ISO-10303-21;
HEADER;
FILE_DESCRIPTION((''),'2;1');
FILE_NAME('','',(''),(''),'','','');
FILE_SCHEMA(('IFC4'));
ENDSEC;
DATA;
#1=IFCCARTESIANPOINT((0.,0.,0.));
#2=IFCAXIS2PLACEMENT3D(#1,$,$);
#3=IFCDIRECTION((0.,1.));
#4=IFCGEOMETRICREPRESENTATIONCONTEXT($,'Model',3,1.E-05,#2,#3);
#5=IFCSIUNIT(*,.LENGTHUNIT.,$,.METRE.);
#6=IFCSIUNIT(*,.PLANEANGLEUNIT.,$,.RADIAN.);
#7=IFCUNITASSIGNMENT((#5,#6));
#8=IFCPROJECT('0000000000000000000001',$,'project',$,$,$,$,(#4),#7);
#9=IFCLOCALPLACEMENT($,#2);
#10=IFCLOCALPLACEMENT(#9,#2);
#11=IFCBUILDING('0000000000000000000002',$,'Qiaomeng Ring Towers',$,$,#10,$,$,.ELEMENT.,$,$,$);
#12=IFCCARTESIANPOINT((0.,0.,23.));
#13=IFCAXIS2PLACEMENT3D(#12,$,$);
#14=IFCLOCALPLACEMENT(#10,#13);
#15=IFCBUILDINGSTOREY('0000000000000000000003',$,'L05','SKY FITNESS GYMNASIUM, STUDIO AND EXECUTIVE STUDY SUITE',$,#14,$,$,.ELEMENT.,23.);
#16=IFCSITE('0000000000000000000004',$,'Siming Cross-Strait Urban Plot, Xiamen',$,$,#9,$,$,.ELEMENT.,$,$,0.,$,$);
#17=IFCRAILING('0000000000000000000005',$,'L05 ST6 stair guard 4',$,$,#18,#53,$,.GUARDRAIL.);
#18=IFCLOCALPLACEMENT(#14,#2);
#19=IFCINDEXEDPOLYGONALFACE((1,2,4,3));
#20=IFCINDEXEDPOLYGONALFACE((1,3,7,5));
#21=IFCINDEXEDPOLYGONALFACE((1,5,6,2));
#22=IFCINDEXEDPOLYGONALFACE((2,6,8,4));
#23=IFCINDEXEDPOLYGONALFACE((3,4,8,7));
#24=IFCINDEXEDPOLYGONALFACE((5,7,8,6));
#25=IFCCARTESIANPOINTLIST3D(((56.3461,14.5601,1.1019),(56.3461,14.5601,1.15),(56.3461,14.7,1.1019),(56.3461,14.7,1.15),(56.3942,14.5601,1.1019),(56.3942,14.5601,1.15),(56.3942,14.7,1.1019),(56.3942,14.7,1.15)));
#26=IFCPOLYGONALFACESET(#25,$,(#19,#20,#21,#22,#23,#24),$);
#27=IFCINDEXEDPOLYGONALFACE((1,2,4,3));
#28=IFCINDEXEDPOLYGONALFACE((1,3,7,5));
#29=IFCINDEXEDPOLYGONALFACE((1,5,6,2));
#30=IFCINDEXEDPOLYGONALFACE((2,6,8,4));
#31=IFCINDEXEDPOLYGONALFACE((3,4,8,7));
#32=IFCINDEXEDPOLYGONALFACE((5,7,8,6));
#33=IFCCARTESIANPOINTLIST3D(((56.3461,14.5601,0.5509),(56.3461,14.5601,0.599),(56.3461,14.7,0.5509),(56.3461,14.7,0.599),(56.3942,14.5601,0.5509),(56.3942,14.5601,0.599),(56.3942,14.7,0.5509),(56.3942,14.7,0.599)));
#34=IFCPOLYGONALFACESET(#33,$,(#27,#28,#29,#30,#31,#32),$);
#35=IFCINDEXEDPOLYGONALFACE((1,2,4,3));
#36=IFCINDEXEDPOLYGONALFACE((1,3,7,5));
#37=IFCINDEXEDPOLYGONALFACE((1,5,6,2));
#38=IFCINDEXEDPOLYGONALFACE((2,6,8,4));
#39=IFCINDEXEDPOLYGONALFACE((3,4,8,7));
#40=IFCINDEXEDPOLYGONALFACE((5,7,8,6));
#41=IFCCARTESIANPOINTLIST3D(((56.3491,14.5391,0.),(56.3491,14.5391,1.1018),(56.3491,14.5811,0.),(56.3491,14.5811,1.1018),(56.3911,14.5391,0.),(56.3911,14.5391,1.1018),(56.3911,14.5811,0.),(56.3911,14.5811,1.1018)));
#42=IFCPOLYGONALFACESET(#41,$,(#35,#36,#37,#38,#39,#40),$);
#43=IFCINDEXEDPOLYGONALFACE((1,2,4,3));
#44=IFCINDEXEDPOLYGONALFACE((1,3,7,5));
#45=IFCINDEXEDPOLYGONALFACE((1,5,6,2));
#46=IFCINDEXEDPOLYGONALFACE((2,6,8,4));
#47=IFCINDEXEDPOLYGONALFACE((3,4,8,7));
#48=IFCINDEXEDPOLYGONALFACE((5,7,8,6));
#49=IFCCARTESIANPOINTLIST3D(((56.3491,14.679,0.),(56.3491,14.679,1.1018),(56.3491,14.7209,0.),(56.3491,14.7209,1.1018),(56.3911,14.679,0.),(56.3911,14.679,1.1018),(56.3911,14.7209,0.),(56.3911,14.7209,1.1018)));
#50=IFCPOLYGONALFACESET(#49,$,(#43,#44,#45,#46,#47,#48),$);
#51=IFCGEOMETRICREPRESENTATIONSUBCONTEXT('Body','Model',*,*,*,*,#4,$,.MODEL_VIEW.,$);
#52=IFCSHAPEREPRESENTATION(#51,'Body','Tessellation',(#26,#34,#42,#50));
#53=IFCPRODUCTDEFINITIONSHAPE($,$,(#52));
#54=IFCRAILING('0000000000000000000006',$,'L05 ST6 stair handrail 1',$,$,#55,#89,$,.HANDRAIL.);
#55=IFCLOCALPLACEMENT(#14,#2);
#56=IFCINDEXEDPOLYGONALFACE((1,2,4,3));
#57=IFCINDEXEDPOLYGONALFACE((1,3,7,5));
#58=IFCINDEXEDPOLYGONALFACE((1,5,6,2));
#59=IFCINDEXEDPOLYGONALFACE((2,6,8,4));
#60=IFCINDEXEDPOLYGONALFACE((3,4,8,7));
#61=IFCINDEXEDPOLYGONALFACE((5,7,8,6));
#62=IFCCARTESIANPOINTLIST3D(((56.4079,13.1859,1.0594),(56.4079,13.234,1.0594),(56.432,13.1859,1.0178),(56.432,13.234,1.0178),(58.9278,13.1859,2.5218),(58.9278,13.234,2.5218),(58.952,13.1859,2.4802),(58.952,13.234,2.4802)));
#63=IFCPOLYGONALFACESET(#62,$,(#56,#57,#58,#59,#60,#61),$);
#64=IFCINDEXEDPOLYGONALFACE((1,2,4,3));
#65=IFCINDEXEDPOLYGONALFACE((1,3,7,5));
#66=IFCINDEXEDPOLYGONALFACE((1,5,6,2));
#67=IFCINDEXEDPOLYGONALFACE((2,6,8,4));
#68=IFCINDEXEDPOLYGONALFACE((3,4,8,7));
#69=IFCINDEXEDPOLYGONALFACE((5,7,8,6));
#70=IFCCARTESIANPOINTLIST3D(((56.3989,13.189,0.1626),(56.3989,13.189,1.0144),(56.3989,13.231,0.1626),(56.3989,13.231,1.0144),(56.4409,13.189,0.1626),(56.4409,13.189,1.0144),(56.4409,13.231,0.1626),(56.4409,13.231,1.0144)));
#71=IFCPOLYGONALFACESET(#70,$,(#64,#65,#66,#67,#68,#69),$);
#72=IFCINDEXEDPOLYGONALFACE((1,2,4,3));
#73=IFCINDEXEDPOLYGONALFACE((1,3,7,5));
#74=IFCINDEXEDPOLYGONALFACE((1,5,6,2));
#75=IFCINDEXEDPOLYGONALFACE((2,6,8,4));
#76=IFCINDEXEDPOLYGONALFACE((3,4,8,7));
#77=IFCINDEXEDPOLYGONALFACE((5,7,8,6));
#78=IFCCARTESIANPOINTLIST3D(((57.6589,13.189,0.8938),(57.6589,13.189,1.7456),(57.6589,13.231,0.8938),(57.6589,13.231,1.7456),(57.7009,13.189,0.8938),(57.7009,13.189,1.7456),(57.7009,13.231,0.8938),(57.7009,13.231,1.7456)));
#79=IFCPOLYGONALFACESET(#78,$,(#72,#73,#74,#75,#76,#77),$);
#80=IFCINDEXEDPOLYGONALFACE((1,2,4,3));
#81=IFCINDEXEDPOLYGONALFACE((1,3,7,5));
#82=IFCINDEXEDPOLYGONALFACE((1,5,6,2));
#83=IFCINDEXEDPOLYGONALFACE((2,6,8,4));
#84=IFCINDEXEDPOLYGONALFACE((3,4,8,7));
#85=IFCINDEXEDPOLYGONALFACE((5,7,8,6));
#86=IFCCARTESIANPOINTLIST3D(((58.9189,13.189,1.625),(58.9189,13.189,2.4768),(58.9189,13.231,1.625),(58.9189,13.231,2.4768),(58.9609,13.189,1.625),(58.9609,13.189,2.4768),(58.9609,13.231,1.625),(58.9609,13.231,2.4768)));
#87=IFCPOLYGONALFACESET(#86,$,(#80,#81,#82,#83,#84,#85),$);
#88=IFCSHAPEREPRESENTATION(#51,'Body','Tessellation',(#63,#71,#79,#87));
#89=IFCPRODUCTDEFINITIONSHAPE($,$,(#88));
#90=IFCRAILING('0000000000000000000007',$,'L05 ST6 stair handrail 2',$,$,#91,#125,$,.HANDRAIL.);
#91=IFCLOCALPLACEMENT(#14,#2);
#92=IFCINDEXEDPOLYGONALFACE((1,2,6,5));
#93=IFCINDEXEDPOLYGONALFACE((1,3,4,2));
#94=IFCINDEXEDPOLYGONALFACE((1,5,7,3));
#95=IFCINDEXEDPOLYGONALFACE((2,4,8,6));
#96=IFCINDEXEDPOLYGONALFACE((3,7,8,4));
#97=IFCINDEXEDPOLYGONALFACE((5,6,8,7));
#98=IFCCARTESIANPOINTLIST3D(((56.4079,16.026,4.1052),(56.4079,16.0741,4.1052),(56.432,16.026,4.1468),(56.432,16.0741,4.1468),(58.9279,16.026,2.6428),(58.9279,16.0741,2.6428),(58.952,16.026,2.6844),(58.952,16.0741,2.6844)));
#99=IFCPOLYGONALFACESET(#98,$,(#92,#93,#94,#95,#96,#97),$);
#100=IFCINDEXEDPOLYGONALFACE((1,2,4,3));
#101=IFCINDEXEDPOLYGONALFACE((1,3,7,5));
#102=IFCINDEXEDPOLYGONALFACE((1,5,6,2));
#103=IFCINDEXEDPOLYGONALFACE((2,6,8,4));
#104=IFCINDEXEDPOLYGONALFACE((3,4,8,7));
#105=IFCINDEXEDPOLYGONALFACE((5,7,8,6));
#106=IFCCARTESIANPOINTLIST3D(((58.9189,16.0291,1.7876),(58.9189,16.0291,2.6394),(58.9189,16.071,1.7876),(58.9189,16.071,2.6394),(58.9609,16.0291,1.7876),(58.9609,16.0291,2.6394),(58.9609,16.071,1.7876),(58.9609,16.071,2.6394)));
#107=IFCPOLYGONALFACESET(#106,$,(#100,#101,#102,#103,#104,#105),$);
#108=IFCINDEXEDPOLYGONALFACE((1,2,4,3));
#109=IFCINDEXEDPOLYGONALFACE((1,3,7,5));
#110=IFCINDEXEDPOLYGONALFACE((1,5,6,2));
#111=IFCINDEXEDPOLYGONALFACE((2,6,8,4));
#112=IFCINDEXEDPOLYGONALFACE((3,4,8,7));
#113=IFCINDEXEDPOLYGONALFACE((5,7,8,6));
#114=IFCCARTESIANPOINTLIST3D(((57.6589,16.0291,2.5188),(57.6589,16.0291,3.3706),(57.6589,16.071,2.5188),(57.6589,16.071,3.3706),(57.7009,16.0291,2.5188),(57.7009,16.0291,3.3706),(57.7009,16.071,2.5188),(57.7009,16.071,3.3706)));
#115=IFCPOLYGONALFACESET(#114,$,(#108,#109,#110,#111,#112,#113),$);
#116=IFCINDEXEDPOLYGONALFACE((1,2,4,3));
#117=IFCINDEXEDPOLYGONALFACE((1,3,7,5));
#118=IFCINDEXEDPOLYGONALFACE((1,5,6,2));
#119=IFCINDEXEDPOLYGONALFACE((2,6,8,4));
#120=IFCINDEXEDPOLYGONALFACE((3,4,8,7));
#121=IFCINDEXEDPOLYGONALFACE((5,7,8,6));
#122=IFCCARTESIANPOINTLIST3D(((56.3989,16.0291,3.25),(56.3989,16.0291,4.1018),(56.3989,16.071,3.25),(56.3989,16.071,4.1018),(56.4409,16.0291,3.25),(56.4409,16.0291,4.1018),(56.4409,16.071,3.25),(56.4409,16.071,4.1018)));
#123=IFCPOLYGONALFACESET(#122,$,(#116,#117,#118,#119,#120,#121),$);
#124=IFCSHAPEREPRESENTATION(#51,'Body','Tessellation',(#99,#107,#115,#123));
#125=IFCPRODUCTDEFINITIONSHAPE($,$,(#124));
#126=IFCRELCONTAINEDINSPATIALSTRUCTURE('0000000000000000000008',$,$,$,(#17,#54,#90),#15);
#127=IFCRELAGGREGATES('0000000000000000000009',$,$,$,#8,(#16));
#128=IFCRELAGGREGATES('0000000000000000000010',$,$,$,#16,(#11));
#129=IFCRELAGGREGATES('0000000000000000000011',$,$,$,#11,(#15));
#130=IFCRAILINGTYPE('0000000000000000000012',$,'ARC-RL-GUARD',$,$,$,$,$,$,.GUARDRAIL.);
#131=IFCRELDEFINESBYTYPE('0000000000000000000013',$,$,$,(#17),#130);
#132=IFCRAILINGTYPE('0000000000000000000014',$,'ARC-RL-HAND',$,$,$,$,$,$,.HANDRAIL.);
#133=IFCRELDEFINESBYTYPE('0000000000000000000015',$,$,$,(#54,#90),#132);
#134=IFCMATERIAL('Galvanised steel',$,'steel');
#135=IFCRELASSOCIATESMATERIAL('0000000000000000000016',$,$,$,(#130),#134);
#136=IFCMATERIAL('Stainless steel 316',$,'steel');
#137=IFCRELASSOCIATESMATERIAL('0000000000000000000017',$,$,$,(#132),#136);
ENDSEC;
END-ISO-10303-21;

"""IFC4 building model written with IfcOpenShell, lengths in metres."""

from ifc_helpers import new_model, si_unit, direction, frame, origin, origin_2d, place, context, subcontext, project, spatial, rectangle, extrude, material, type_object, element, save


model = new_model("IFC4")

# Units and contexts
model_context = context("Model", 3, precision=1e-05, world=origin(), true_north=direction((0.0, 1.0)))
body_context = subcontext(model_context, "Body", "Model", "MODEL_VIEW")
ifc_project = project(units=[si_unit("LENGTHUNIT", "METRE"), si_unit("PLANEANGLEUNIT", "RADIAN")], contexts=[model_context])

# Site, building, storey
site_placement = place(None, origin())
site = spatial("IfcSite", under=ifc_project, at=site_placement, Name="Siming Cross-Strait Urban Plot, Xiamen", CompositionType="ELEMENT", RefElevation=0.0)
building_placement = place(site_placement, origin())
building = spatial("IfcBuilding", under=site, at=building_placement, Name="Qiaomeng Ring Towers", CompositionType="ELEMENT")
storey_placement = place(building_placement, frame((0.0, 0.0, 23.0)))
storey = spatial("IfcBuildingStorey", under=building, at=storey_placement, Name="L05", Description="SKY FITNESS GYMNASIUM, STUDIO AND EXECUTIVE STUDY SUITE", CompositionType="ELEMENT", Elevation=23.0)

# Shared definitions
ifc_material_1 = material(Name="Stainless steel 316", Category="steel")

# Railings
ifc_material_2 = material(Name="Galvanised steel", Category="steel")
railing_type_1 = type_object("IfcRailingType", Name="ARC-RL-GUARD", PredefinedType="GUARDRAIL", material=ifc_material_2)
railing_1_placement = place(storey_placement, frame((56.3701, 14.5601, 0.0)))
element("IfcRailing", 1, at=railing_1_placement, inside=storey, type_object=railing_type_1, Name="L05 ST6 stair guard 4", PredefinedType="GUARDRAIL", context=body_context, shape_type="SweptSolid", body=[
    extrude(rectangle(XDim=0.0481, YDim=0.0481, at=origin_2d()), frame((0.0, 0.0, 1.126), z_axis=(0.0, 1.0, 0.0), x_axis=(-1.0, 0.0, 0.0)), (0.0, 0.0, 1.0), 0.1399),
    extrude(rectangle(XDim=0.0481, YDim=0.0481, at=origin_2d()), frame((0.0, 0.0, 0.575), z_axis=(0.0, 1.0, 0.0), x_axis=(-1.0, 0.0, 0.0)), (0.0, 0.0, 1.0), 0.1399),
    extrude(rectangle(XDim=0.042, YDim=0.042, at=origin_2d()), origin(), (0.0, 0.0, 1.0), 1.1018),
    extrude(rectangle(XDim=0.042, YDim=0.042, at=origin_2d()), frame((0.0, 0.1399, 0.0)), (0.0, 0.0, 1.0), 1.1018),
])
railing_type_2 = type_object("IfcRailingType", Name="ARC-RL-HAND", PredefinedType="HANDRAIL", material=ifc_material_1)
railing_2_placement = place(storey_placement, frame((56.4199, 13.21, 0.1626)))
element("IfcRailing", 2, at=railing_2_placement, inside=storey, type_object=railing_type_2, Name="L05 ST6 stair handrail 1", PredefinedType="HANDRAIL", context=body_context, shape_type="SweptSolid", body=[
    extrude(rectangle(XDim=0.0481, YDim=0.0481, at=origin_2d()), frame((0.0, 0.0, 0.876), z_axis=(0.864913, 0.0, 0.501921), x_axis=(0.0, 1.0, 0.0)), (0.0, 0.0, 1.0), 2.9136),
    extrude(rectangle(XDim=0.042, YDim=0.042, at=origin_2d()), origin(), (0.0, 0.0, 1.0), 0.8518),
    extrude(rectangle(XDim=0.042, YDim=0.042, at=origin_2d()), frame((1.26, 0.0, 0.7312)), (0.0, 0.0, 1.0), 0.8518),
    extrude(rectangle(XDim=0.042, YDim=0.042, at=origin_2d()), frame((2.52, 0.0, 1.4624)), (0.0, 0.0, 1.0), 0.8518),
])
railing_3_placement = place(storey_placement, frame((58.9399, 16.05, 1.7876)))
element("IfcRailing", 3, at=railing_3_placement, inside=storey, type_object=railing_type_2, Name="L05 ST6 stair handrail 2", PredefinedType="HANDRAIL", context=body_context, shape_type="SweptSolid", body=[
    extrude(rectangle(XDim=0.0481, YDim=0.0481, at=origin_2d()), frame((0.0, 0.0, 0.876), z_axis=(-0.864913, 0.0, 0.501921), x_axis=(0.0, -1.0, 0.0)), (0.0, 0.0, 1.0), 2.9136),
    extrude(rectangle(XDim=0.042, YDim=0.042, at=origin_2d()), origin(), (0.0, 0.0, 1.0), 0.8518),
    extrude(rectangle(XDim=0.042, YDim=0.042, at=origin_2d()), frame((-1.26, 0.0, 0.7312)), (0.0, 0.0, 1.0), 0.8518),
    extrude(rectangle(XDim=0.042, YDim=0.042, at=origin_2d()), frame((-2.52, 0.0, 1.4624)), (0.0, 0.0, 1.0), 0.8518),
])

save(model, "model.ifc")
